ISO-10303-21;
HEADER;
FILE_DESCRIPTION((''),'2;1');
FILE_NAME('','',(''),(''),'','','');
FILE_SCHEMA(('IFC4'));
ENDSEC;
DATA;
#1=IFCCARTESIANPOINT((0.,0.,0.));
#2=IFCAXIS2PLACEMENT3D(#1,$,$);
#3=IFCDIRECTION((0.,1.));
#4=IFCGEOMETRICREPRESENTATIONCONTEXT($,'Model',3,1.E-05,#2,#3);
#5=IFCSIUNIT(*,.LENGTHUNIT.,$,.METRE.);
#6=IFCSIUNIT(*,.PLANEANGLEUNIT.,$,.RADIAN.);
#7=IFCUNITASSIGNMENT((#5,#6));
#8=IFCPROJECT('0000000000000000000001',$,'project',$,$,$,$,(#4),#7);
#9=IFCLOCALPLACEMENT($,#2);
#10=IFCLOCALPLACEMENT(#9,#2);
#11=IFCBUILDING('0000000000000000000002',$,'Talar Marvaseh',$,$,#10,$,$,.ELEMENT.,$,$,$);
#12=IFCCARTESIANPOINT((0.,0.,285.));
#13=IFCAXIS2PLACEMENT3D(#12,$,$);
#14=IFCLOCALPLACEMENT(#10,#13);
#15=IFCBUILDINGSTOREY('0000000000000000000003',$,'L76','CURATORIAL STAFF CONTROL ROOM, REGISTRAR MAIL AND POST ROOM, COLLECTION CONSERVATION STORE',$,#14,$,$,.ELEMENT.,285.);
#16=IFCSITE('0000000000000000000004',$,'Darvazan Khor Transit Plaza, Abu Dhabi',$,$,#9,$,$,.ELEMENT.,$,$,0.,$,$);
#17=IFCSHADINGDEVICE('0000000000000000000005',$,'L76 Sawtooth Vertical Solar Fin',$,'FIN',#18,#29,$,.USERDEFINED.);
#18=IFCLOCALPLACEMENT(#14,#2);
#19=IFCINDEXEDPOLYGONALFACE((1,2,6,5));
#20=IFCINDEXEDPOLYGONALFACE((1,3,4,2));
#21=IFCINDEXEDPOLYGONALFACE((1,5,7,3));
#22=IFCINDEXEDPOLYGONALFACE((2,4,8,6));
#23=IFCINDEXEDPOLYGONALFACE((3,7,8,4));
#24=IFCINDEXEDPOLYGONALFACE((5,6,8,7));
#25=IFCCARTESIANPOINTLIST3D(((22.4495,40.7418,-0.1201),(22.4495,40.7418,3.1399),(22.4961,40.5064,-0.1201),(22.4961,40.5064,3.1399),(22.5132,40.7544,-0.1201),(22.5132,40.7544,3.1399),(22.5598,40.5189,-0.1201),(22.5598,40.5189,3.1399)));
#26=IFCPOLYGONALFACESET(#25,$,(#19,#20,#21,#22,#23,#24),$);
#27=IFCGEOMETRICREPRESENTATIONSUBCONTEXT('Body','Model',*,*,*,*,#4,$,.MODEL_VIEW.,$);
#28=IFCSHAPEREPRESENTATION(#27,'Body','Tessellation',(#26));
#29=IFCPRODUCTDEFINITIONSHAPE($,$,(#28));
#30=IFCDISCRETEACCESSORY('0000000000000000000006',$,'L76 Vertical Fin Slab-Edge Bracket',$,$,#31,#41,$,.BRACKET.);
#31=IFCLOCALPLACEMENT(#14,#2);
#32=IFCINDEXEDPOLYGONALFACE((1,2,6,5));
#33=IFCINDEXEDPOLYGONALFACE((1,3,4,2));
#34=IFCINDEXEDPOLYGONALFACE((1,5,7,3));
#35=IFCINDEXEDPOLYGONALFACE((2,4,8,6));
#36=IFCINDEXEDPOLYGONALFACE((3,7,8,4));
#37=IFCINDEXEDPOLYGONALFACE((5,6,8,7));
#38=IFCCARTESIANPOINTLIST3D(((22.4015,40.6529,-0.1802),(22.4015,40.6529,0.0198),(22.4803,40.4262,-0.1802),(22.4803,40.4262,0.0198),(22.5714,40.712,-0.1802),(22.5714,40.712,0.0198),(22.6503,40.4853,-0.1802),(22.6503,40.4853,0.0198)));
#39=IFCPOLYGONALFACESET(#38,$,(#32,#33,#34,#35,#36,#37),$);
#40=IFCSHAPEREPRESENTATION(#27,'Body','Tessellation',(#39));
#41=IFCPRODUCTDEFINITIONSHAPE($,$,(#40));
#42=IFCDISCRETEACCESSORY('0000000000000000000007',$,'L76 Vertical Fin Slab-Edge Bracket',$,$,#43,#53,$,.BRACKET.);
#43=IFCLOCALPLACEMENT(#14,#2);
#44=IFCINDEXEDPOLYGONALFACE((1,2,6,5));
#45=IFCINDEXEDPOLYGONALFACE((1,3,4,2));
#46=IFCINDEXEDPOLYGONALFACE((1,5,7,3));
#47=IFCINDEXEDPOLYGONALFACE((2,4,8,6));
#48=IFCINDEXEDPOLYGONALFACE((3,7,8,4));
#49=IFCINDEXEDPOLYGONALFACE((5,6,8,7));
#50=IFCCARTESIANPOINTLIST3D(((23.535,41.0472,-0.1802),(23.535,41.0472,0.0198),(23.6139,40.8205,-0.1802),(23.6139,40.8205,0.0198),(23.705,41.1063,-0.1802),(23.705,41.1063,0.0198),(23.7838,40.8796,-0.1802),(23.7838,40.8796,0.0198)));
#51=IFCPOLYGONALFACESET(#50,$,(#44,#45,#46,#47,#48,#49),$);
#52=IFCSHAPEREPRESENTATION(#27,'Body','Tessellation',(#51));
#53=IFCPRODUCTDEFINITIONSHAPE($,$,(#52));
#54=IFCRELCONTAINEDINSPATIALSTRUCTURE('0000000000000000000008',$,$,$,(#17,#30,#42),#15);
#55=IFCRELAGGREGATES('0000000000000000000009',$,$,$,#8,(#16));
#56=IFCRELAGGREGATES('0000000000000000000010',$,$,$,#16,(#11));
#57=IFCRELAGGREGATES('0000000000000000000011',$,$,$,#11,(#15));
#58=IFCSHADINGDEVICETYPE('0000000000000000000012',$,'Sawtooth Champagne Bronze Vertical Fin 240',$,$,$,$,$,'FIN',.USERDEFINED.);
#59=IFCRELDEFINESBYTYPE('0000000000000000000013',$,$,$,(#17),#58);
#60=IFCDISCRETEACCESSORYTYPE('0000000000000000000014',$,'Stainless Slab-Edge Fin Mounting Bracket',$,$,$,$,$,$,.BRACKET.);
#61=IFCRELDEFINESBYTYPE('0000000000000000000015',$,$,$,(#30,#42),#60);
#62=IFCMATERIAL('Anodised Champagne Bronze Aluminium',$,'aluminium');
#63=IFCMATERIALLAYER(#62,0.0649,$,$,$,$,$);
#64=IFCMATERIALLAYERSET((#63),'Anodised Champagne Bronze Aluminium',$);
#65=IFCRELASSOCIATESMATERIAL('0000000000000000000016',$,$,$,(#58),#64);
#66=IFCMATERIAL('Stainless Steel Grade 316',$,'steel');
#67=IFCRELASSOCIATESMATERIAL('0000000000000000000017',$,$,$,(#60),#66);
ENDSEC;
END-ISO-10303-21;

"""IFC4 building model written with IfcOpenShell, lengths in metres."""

from ifc_helpers import new_model, si_unit, direction, frame, origin, origin_2d, place, context, subcontext, project, spatial, rectangle, extrude, source, transform, mapped, material, layer, layer_set, type_object, type_shapes, element, save


model = new_model("IFC4")

# Units and contexts
model_context = context("Model", 3, precision=1e-05, world=origin(), true_north=direction((0.0, 1.0)))
body_context = subcontext(model_context, "Body", "Model", "MODEL_VIEW")
ifc_project = project(units=[si_unit("LENGTHUNIT", "METRE"), si_unit("PLANEANGLEUNIT", "RADIAN")], contexts=[model_context])

# Site, building, storey
site_placement = place(None, origin())
site = spatial("IfcSite", under=ifc_project, at=site_placement, Name="Darvazan Khor Transit Plaza, Abu Dhabi", CompositionType="ELEMENT", RefElevation=0.0)
building_placement = place(site_placement, origin())
building = spatial("IfcBuilding", under=site, at=building_placement, Name="Talar Marvaseh", CompositionType="ELEMENT")
storey_placement = place(building_placement, frame((0.0, 0.0, 285.0)))
storey = spatial("IfcBuildingStorey", under=building, at=storey_placement, Name="L76", Description="CURATORIAL STAFF CONTROL ROOM, REGISTRAR MAIL AND POST ROOM, COLLECTION CONSERVATION STORE", CompositionType="ELEMENT", Elevation=285.0)

# Shared definitions
ifc_material_1 = material(Name="Stainless Steel Grade 316", Category="steel")

# Shading device
ifc_material_2 = material(Name="Anodised Champagne Bronze Aluminium", Category="aluminium")
ifc_layer_1 = layer(ifc_material_2, 0.0649)
ifc_layer_set_1 = layer_set([ifc_layer_1], Name="Anodised Champagne Bronze Aluminium")
shading_device_type = type_object("IfcShadingDeviceType", Name="Sawtooth Champagne Bronze Vertical Fin 240", ElementType="FIN", PredefinedType="USERDEFINED", material=ifc_layer_set_1)
shared_shape_1 = source(origin(), body_context, "Body", "SweptSolid", [
    extrude(rectangle(XDim=0.24, YDim=0.0649, at=origin_2d()), origin(), (0.0, 0.0, 1.0), 3.26),
])
type_shapes(shading_device_type, [shared_shape_1])
shading_device_placement = place(storey_placement, frame((22.5046, 40.6304, -0.1201), z_axis=(0.0, 0.0, 1.0), x_axis=(-0.193892, 0.981023, 0.0)))
element("IfcShadingDevice", 1, at=shading_device_placement, inside=storey, type_object=shading_device_type, Name="L76 Sawtooth Vertical Solar Fin", ObjectType="FIN", PredefinedType="USERDEFINED", context=body_context, shape_type="MappedRepresentation", body=[
    mapped(shared_shape_1, transform((0.0, 0.0, 0.0), x_axis=(1.0, 0.0, 0.0), y_axis=(0.0, 1.0, 0.0), z_axis=(0.0, 0.0, 1.0), scale=1.0)),
])

# Discrete accessories
discrete_accessory_type = type_object("IfcDiscreteAccessoryType", Name="Stainless Slab-Edge Fin Mounting Bracket", PredefinedType="BRACKET", material=ifc_material_1)
shared_shape_2 = source(origin(), body_context, "Body", "SweptSolid", [
    extrude(rectangle(XDim=0.24, YDim=0.1799, at=origin_2d()), origin(), (0.0, 0.0, 1.0), 0.2),
])
type_shapes(discrete_accessory_type, [shared_shape_2])
for number, where, z_axis, x_axis, name in (
    (2, (22.5259, 40.5691, -0.1802), (0.0, 0.0, 1.0), (-0.328537, 0.944491, 0.0), "L76 Vertical Fin Slab-Edge Bracket"),
    (3, (23.6594, 40.9634, -0.1802), (0.0, 0.0, 1.0), (-0.328537, 0.944491, 0.0), "L76 Vertical Fin Slab-Edge Bracket"),
):
    element("IfcDiscreteAccessory", number, at=place(storey_placement, frame(where, z_axis=z_axis, x_axis=x_axis)), inside=storey, type_object=discrete_accessory_type, Name=name, PredefinedType="BRACKET", context=body_context, shape_type="MappedRepresentation", body=[
        mapped(shared_shape_2, transform((0.0, 0.0, 0.0), x_axis=(1.0, 0.0, 0.0), y_axis=(0.0, 1.0, 0.0), z_axis=(0.0, 0.0, 1.0), scale=1.0)),
    ])

save(model, "model.ifc")
